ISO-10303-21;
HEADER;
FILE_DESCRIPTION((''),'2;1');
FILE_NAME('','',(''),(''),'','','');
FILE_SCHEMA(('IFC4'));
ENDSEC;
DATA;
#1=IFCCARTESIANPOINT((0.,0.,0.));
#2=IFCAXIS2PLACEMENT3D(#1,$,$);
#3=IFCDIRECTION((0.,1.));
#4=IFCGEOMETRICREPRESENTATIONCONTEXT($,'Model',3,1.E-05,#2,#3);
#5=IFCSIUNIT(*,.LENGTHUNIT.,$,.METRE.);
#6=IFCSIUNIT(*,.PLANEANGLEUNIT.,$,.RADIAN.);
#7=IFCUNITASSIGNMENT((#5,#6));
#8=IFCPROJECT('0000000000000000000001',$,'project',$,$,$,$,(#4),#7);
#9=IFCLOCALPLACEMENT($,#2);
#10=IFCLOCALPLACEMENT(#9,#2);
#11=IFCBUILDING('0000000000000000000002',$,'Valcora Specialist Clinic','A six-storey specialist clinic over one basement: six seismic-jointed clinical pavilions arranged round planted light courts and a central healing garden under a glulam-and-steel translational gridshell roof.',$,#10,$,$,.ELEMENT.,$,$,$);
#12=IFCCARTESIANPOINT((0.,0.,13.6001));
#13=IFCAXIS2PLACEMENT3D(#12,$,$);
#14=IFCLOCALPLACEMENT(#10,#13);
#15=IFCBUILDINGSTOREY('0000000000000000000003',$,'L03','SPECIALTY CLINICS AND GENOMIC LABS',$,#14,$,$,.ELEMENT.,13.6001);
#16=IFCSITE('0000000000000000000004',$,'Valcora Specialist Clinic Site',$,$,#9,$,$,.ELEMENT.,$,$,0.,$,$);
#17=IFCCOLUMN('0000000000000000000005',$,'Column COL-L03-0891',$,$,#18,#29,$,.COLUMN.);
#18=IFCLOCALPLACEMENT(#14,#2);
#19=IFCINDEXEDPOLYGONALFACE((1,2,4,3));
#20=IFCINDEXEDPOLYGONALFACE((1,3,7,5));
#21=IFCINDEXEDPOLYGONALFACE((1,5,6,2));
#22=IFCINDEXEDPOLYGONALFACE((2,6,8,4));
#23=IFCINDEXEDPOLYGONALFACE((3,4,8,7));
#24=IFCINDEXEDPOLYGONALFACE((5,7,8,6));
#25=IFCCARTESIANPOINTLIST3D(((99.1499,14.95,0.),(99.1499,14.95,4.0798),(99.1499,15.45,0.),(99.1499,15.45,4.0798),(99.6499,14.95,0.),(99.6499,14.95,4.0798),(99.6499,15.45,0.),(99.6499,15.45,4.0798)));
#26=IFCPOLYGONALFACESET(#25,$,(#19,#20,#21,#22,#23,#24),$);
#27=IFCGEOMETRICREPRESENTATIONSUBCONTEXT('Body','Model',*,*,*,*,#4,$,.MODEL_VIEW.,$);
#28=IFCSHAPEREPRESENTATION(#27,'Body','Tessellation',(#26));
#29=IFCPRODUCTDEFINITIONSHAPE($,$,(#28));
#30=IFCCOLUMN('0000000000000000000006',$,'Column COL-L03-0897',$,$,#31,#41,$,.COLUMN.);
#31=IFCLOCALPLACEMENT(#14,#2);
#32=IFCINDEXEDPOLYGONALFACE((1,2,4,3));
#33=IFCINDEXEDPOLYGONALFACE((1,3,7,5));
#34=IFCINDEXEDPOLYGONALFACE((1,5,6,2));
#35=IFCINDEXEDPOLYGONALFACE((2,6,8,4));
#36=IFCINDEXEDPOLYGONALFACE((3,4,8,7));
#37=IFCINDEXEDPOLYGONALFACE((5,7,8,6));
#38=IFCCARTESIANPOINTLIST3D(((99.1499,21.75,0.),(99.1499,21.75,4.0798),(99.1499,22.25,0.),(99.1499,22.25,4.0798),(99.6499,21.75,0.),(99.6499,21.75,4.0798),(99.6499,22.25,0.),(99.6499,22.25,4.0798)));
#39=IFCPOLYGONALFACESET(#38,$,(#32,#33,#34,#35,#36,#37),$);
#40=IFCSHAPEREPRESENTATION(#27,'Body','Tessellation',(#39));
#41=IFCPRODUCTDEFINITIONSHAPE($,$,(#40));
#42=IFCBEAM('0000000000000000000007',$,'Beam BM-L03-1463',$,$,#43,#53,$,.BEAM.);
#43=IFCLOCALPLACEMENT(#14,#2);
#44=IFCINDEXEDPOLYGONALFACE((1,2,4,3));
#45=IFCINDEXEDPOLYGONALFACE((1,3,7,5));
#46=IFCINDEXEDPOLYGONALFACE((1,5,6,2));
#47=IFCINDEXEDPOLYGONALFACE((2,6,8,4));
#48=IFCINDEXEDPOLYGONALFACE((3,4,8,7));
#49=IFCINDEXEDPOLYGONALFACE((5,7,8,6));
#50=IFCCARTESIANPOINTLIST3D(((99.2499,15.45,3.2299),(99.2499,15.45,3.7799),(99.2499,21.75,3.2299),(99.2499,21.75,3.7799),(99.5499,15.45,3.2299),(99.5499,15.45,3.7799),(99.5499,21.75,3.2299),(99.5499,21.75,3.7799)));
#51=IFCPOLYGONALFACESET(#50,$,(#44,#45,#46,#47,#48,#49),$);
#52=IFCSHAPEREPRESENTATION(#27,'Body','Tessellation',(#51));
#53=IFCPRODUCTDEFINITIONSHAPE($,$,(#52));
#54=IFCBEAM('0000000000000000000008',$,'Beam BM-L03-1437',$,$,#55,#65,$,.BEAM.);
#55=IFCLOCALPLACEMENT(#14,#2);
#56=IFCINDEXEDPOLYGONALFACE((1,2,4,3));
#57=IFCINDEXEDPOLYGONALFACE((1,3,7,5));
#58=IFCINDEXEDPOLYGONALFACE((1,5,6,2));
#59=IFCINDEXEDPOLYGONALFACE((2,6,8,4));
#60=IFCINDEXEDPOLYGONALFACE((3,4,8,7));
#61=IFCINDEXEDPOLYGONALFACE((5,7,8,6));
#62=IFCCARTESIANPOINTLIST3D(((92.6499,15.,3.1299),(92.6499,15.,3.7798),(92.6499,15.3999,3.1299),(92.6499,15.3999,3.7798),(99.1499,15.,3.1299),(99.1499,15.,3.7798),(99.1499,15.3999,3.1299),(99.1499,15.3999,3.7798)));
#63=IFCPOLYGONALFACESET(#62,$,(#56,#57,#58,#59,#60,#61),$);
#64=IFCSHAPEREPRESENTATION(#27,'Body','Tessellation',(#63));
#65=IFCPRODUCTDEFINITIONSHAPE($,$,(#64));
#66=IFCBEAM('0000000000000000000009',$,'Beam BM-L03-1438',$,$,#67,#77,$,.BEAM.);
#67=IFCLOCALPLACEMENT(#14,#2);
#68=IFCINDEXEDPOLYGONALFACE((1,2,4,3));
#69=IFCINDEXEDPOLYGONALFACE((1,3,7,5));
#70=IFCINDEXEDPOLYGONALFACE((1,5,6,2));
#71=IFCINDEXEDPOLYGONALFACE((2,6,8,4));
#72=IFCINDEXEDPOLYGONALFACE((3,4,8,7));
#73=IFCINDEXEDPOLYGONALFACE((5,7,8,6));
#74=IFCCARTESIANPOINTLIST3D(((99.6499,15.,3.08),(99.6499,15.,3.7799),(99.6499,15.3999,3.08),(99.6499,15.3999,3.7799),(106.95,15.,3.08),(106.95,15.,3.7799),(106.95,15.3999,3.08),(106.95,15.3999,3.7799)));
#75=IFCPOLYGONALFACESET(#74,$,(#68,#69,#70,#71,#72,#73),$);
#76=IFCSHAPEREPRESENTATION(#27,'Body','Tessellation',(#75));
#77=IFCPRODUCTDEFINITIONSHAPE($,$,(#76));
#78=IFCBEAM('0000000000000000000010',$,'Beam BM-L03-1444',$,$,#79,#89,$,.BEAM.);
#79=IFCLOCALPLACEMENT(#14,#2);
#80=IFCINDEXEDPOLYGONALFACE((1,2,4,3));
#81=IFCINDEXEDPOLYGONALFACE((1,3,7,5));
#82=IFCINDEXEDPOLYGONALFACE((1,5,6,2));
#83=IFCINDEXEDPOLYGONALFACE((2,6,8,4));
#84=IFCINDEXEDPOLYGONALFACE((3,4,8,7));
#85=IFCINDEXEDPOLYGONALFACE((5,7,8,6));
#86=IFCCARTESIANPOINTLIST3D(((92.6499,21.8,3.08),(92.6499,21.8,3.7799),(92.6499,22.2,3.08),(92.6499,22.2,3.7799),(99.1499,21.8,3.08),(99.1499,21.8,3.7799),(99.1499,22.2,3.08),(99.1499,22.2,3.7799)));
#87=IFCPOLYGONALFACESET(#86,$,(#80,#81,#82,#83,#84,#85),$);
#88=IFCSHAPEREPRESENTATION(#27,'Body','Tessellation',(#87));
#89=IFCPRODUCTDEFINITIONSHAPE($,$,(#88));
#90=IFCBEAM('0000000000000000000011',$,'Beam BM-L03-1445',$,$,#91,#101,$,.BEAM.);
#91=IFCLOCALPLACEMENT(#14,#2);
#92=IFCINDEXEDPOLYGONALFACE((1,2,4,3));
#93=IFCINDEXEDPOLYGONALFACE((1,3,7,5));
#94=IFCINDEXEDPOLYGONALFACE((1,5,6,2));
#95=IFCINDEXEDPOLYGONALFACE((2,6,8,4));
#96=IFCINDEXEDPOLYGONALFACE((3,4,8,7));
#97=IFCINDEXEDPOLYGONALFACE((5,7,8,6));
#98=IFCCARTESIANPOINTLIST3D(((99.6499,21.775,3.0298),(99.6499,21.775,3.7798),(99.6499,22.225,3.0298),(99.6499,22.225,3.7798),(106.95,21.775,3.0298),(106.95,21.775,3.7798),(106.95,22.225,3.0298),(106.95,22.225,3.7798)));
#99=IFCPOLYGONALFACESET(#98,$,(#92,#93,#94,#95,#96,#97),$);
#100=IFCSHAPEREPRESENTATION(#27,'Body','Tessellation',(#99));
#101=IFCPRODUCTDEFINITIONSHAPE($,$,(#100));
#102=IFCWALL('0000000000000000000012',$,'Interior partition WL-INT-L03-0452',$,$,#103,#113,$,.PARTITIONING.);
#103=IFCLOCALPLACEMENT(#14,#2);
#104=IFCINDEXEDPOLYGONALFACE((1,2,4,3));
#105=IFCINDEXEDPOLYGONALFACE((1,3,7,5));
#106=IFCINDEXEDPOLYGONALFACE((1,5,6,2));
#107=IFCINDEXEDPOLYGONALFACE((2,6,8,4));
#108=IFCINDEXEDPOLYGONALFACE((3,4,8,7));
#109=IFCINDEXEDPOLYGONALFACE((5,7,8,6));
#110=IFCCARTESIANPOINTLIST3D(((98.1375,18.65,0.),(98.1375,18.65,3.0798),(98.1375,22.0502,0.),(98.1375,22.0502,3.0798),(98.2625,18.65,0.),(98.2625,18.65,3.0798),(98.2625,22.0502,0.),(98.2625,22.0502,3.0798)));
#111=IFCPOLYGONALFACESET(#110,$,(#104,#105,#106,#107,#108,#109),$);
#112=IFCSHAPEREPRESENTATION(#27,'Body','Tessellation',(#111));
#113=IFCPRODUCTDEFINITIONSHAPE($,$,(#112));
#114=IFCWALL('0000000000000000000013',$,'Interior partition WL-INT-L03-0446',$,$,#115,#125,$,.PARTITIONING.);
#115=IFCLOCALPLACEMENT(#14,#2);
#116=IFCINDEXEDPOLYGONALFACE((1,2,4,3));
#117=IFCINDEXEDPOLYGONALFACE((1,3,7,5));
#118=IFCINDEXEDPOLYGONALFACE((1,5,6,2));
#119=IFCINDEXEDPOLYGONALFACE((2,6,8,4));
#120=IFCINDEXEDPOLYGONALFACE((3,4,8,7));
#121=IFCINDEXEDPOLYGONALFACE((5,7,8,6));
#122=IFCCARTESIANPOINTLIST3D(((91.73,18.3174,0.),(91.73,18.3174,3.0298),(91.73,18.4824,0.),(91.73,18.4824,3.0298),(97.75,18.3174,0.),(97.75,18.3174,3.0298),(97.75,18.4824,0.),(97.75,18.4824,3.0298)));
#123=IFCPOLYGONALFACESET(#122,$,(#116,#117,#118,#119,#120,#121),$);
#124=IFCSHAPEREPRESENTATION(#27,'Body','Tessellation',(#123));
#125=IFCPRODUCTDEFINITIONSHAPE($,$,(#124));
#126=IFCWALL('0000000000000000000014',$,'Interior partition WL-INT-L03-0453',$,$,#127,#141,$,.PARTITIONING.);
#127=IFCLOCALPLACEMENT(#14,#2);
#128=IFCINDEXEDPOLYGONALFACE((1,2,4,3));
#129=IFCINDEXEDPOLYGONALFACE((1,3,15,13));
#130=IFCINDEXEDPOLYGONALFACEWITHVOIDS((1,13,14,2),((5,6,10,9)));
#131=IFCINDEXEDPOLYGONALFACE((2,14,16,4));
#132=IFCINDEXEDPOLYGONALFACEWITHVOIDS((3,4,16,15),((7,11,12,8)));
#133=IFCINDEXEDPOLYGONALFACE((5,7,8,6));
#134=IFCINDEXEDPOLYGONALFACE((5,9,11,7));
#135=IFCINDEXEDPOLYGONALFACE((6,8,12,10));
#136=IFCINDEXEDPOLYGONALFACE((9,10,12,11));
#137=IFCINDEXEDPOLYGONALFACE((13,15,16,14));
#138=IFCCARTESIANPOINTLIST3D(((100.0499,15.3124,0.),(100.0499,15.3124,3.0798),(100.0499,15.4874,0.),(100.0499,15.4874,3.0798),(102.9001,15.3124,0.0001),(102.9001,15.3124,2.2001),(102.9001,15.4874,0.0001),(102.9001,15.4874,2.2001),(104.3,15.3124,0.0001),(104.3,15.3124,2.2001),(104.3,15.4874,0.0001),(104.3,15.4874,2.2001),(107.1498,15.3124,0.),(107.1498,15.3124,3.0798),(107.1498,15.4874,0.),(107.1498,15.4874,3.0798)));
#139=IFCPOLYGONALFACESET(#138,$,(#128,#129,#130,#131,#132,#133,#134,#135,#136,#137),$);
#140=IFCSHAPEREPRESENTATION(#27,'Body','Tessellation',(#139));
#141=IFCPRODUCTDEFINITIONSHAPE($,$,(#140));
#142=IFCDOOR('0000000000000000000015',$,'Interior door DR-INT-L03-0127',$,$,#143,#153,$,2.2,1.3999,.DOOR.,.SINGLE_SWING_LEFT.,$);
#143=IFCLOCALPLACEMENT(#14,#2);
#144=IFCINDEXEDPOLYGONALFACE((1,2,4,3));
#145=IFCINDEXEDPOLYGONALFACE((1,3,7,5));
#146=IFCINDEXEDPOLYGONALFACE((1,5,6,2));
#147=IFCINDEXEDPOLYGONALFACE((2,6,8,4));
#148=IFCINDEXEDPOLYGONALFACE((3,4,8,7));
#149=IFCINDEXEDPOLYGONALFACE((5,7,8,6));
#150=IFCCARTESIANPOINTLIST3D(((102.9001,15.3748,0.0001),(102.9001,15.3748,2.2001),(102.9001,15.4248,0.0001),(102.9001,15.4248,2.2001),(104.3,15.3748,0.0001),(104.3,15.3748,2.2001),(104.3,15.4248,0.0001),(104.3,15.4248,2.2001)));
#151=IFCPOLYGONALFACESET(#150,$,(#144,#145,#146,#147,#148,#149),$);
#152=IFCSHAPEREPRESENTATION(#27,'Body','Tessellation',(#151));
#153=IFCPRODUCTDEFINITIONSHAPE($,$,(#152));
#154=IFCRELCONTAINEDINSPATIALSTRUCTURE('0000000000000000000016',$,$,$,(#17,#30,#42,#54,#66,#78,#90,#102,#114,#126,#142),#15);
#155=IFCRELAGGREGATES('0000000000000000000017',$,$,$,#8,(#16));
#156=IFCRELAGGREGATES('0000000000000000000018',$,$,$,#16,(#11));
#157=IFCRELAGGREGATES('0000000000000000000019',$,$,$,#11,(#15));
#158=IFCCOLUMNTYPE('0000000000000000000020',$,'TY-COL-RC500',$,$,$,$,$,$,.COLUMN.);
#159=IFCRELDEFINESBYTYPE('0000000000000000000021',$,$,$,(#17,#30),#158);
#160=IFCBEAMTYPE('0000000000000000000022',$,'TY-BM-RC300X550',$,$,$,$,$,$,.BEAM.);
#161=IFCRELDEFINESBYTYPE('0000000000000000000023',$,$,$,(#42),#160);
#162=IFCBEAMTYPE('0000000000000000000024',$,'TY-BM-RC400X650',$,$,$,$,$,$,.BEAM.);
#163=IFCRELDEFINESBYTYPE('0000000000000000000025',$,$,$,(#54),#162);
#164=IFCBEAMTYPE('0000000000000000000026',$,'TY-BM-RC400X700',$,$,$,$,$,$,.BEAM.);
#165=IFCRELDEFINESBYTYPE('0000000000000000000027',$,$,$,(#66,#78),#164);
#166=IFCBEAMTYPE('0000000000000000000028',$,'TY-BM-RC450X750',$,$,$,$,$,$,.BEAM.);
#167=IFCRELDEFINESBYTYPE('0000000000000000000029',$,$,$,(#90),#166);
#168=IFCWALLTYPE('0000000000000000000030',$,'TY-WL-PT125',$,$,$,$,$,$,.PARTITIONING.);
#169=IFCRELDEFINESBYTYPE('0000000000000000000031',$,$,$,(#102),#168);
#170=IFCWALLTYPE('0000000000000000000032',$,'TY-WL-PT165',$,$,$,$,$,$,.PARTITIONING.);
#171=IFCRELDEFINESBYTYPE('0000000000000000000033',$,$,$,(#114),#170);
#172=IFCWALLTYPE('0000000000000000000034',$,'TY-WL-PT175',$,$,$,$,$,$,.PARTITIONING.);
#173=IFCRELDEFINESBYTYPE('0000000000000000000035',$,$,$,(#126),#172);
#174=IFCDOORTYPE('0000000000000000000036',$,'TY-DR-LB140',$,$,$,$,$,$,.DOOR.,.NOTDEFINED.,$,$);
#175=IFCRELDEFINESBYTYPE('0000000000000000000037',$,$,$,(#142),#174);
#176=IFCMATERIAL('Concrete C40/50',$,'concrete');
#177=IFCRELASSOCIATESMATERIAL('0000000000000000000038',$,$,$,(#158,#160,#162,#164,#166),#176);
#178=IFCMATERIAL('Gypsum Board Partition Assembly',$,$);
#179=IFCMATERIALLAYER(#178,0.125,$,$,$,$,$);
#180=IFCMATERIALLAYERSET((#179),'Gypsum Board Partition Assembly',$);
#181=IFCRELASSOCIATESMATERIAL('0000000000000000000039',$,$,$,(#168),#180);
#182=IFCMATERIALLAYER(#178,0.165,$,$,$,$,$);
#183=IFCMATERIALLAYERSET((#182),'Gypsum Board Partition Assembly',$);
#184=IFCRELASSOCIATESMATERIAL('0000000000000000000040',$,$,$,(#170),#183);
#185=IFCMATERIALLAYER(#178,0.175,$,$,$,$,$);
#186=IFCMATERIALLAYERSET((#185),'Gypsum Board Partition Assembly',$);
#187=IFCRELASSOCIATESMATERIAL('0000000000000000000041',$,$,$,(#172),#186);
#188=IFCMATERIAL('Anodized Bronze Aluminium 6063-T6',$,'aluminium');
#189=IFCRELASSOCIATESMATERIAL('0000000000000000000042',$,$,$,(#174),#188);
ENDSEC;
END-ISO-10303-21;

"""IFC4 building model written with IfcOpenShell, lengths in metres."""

from ifc_helpers import new_model, si_unit, direction, frame, frame_2d, origin, origin_2d, place, context, subcontext, project, spatial, rectangle, extrude, material, layer, layer_set, material_profile, profile_set, type_object, element, fill, save


model = new_model("IFC4")

# Units and contexts
model_context = context("Model", 3, precision=1e-05, world=origin(), true_north=direction((0.0, 1.0)))
body_context = subcontext(model_context, "Body", "Model", "MODEL_VIEW")
ifc_project = project(units=[si_unit("LENGTHUNIT", "METRE"), si_unit("PLANEANGLEUNIT", "RADIAN")], contexts=[model_context])

# Site, building, storey
site_placement = place(None, origin())
site = spatial("IfcSite", under=ifc_project, at=site_placement, Name="Valcora Specialist Clinic Site", CompositionType="ELEMENT", RefElevation=0.0)
building_placement = place(site_placement, origin())
building = spatial("IfcBuilding", under=site, at=building_placement, Name="Valcora Specialist Clinic", Description="A six-storey specialist clinic over one basement: six seismic-jointed clinical pavilions arranged round planted light courts and a central healing garden under a glulam-and-steel translational gridshell roof.", CompositionType="ELEMENT")
storey_placement = place(building_placement, frame((0.0, 0.0, 13.6001)))
storey = spatial("IfcBuildingStorey", under=building, at=storey_placement, Name="L03", Description="SPECIALTY CLINICS AND GENOMIC LABS", CompositionType="ELEMENT", Elevation=13.6001)

# Columns
ifc_material_1 = material(Name="Concrete C40/50", Category="concrete")
ifc_material_profile_1 = material_profile(ifc_material_1, rectangle(XDim=0.5, YDim=0.5, at=origin_2d()), Name="RC-COL-500X500")
ifc_profile_set_1 = profile_set([ifc_material_profile_1], Name="Concrete C40/50")
column_type = type_object("IfcColumnType", Name="TY-COL-RC500", PredefinedType="COLUMN", material=ifc_profile_set_1)
for number, where, z_axis, x_axis, name in (
    (1, (99.3999, 15.2, 0.0), (0.0, 0.0, 1.0), (1.0, 0.0, 0.0), "Column COL-L03-0891"),
    (2, (99.3999, 22.0, 0.0), (0.0, 0.0, 1.0), (1.0, 0.0, 0.0), "Column COL-L03-0897"),
):
    element("IfcColumn", number, at=place(storey_placement, frame(where, z_axis=z_axis, x_axis=x_axis)), inside=storey, type_object=column_type, Name=name, PredefinedType="COLUMN", context=body_context, shape_type="SweptSolid", body=[
        extrude(rectangle(XDim=0.5, YDim=0.5, at=origin_2d()), origin(), (0.0, 0.0, 1.0), 4.0798),
    ])

# Beams
ifc_material_profile_2 = material_profile(ifc_material_1, rectangle(XDim=0.3, YDim=0.55, at=origin_2d()), Name="RC-BM-300X550")
ifc_profile_set_2 = profile_set([ifc_material_profile_2], Name="Concrete C40/50")
beam_type_1 = type_object("IfcBeamType", Name="TY-BM-RC300X550", PredefinedType="BEAM", material=ifc_profile_set_2)
beam_1_placement = place(storey_placement, frame((99.3999, 15.45, 3.5049), z_axis=(0.0, 1.0, 0.0), x_axis=(-1.0, 0.0, 0.0)))
element("IfcBeam", 3, at=beam_1_placement, inside=storey, type_object=beam_type_1, Name="Beam BM-L03-1463", PredefinedType="BEAM", context=body_context, shape_type="SweptSolid", body=[
    extrude(rectangle(XDim=0.3, YDim=0.55, at=origin_2d()), origin(), (0.0, 0.0, 1.0), 6.3),
])
ifc_material_profile_3 = material_profile(ifc_material_1, rectangle(XDim=0.3999, YDim=0.6499, at=origin_2d()), Name="RC-BM-400X650")
ifc_profile_set_3 = profile_set([ifc_material_profile_3], Name="Concrete C40/50")
beam_type_2 = type_object("IfcBeamType", Name="TY-BM-RC400X650", PredefinedType="BEAM", material=ifc_profile_set_3)
beam_2_placement = place(storey_placement, frame((92.6499, 15.2, 3.4548), z_axis=(1.0, 0.0, 0.0), x_axis=(0.0, 1.0, 0.0)))
element("IfcBeam", 4, at=beam_2_placement, inside=storey, type_object=beam_type_2, Name="Beam BM-L03-1437", PredefinedType="BEAM", context=body_context, shape_type="SweptSolid", body=[
    extrude(rectangle(XDim=0.3999, YDim=0.6499, at=origin_2d()), origin(), (0.0, 0.0, 1.0), 6.5),
])
ifc_material_profile_4 = material_profile(ifc_material_1, rectangle(XDim=0.3999, YDim=0.7, at=origin_2d()), Name="RC-BM-400X700")
ifc_profile_set_4 = profile_set([ifc_material_profile_4], Name="Concrete C40/50")
beam_type_3 = type_object("IfcBeamType", Name="TY-BM-RC400X700", PredefinedType="BEAM", material=ifc_profile_set_4)
beam_3_placement = place(storey_placement, frame((99.6499, 15.2, 3.4299), z_axis=(1.0, 0.0, 0.0), x_axis=(0.0, 1.0, 0.0)))
element("IfcBeam", 5, at=beam_3_placement, inside=storey, type_object=beam_type_3, Name="Beam BM-L03-1438", PredefinedType="BEAM", context=body_context, shape_type="SweptSolid", body=[
    extrude(rectangle(XDim=0.3999, YDim=0.7, at=origin_2d()), origin(), (0.0, 0.0, 1.0), 7.3),
])
beam_4_placement = place(storey_placement, frame((92.6499, 22.0, 3.4299), z_axis=(1.0, 0.0, 0.0), x_axis=(0.0, 1.0, 0.0)))
element("IfcBeam", 6, at=beam_4_placement, inside=storey, type_object=beam_type_3, Name="Beam BM-L03-1444", PredefinedType="BEAM", context=body_context, shape_type="SweptSolid", body=[
    extrude(rectangle(XDim=0.3999, YDim=0.7, at=origin_2d()), origin(), (0.0, 0.0, 1.0), 6.5),
])
ifc_material_profile_5 = material_profile(ifc_material_1, rectangle(XDim=0.45, YDim=0.75, at=origin_2d()), Name="RC-BM-450X750")
ifc_profile_set_5 = profile_set([ifc_material_profile_5], Name="Concrete C40/50")
beam_type_4 = type_object("IfcBeamType", Name="TY-BM-RC450X750", PredefinedType="BEAM", material=ifc_profile_set_5)
beam_5_placement = place(storey_placement, frame((99.6499, 22.0, 3.4048), z_axis=(1.0, 0.0, 0.0), x_axis=(0.0, 1.0, 0.0)))
element("IfcBeam", 7, at=beam_5_placement, inside=storey, type_object=beam_type_4, Name="Beam BM-L03-1445", PredefinedType="BEAM", context=body_context, shape_type="SweptSolid", body=[
    extrude(rectangle(XDim=0.45, YDim=0.75, at=origin_2d()), origin(), (0.0, 0.0, 1.0), 7.3),
])

# Walls
ifc_material_2 = material(Name="Gypsum Board Partition Assembly")
ifc_layer_1 = layer(ifc_material_2, 0.125)
ifc_layer_set_1 = layer_set([ifc_layer_1], Name="Gypsum Board Partition Assembly")
wall_type_1 = type_object("IfcWallType", Name="TY-WL-PT125", PredefinedType="PARTITIONING", material=ifc_layer_set_1)
wall_1_placement = place(storey_placement, frame((98.2, 18.6499, 0.0), z_axis=(0.0, 0.0, 1.0), x_axis=(0.0, 1.0, 0.0)))
element("IfcWall", 8, at=wall_1_placement, inside=storey, type_object=wall_type_1, Name="Interior partition WL-INT-L03-0452", PredefinedType="PARTITIONING", context=body_context, shape_type="SweptSolid", body=[
    extrude(rectangle(XDim=3.4001, YDim=0.125, at=frame_2d((1.7002, 0.0))), origin(), (0.0, 0.0, 1.0), 3.0798),
])
ifc_layer_2 = layer(ifc_material_2, 0.165)
ifc_layer_set_2 = layer_set([ifc_layer_2], Name="Gypsum Board Partition Assembly")
wall_type_2 = type_object("IfcWallType", Name="TY-WL-PT165", PredefinedType="PARTITIONING", material=ifc_layer_set_2)
wall_2_placement = place(storey_placement, frame((97.75, 18.3999, 0.0), z_axis=(0.0, 0.0, 1.0), x_axis=(-1.0, 0.0, 0.0)))
element("IfcWall", 9, at=wall_2_placement, inside=storey, type_object=wall_type_2, Name="Interior partition WL-INT-L03-0446", PredefinedType="PARTITIONING", context=body_context, shape_type="SweptSolid", body=[
    extrude(rectangle(XDim=6.02, YDim=0.165, at=frame_2d((3.01, 0.0))), origin(), (0.0, 0.0, 1.0), 3.0298),
])

# Wall, opening, door
ifc_layer_3 = layer(ifc_material_2, 0.175)
ifc_layer_set_3 = layer_set([ifc_layer_3], Name="Gypsum Board Partition Assembly")
wall_type_3 = type_object("IfcWallType", Name="TY-WL-PT175", PredefinedType="PARTITIONING", material=ifc_layer_set_3)
wall_3_placement = place(storey_placement, frame((100.05, 15.3999, 0.0), z_axis=(0.0, 0.0, 1.0), x_axis=(1.0, 0.0, 0.0)))
wall_3 = element("IfcWall", 10, at=wall_3_placement, inside=storey, type_object=wall_type_3, Name="Interior partition WL-INT-L03-0453", PredefinedType="PARTITIONING", context=body_context, shape_type="SweptSolid", body=[
    extrude(rectangle(XDim=7.0999, YDim=0.175, at=frame_2d((3.5498, 0.0))), origin(), (0.0, 0.0, 1.0), 3.0798),
])
opening_1_placement = place(wall_3_placement, frame((2.8501, 0.0, 0.0)))
opening_1 = element("IfcOpeningElement", 11, at=opening_1_placement, cuts=wall_3, PredefinedType="OPENING", context=body_context, shape_type="SweptSolid", body=[
    extrude(rectangle(XDim=1.3999, YDim=2.2, at=frame_2d((0.7, 1.1001))), frame((0.0, 0.0974, 0.0), z_axis=(0.0, -1.0, 0.0), x_axis=(1.0, 0.0, 0.0)), (0.0, 0.0, 1.0), 0.1951),
])
ifc_material_3 = material(Name="Anodized Bronze Aluminium 6063-T6", Category="aluminium")
door_type_1 = type_object("IfcDoorType", Name="TY-DR-LB140", OperationType="NOTDEFINED", PredefinedType="DOOR", material=ifc_material_3)
door_1_placement = place(opening_1_placement, origin())
door_1 = element("IfcDoor", 12, at=door_1_placement, inside=storey, type_object=door_type_1, Name="Interior door DR-INT-L03-0127", OperationType="SINGLE_SWING_LEFT", OverallHeight=2.2, OverallWidth=1.3999, PredefinedType="DOOR", context=body_context, shape_type="SweptSolid", body=[
    extrude(rectangle(XDim=1.3999, YDim=2.2, at=frame_2d((0.7, 1.1001))), frame((0.0, 0.0249, 0.0), z_axis=(0.0, -1.0, 0.0), x_axis=(1.0, 0.0, 0.0)), (0.0, 0.0, 1.0), 0.05),
])
fill(opening_1, door_1)

save(model, "model.ifc")
